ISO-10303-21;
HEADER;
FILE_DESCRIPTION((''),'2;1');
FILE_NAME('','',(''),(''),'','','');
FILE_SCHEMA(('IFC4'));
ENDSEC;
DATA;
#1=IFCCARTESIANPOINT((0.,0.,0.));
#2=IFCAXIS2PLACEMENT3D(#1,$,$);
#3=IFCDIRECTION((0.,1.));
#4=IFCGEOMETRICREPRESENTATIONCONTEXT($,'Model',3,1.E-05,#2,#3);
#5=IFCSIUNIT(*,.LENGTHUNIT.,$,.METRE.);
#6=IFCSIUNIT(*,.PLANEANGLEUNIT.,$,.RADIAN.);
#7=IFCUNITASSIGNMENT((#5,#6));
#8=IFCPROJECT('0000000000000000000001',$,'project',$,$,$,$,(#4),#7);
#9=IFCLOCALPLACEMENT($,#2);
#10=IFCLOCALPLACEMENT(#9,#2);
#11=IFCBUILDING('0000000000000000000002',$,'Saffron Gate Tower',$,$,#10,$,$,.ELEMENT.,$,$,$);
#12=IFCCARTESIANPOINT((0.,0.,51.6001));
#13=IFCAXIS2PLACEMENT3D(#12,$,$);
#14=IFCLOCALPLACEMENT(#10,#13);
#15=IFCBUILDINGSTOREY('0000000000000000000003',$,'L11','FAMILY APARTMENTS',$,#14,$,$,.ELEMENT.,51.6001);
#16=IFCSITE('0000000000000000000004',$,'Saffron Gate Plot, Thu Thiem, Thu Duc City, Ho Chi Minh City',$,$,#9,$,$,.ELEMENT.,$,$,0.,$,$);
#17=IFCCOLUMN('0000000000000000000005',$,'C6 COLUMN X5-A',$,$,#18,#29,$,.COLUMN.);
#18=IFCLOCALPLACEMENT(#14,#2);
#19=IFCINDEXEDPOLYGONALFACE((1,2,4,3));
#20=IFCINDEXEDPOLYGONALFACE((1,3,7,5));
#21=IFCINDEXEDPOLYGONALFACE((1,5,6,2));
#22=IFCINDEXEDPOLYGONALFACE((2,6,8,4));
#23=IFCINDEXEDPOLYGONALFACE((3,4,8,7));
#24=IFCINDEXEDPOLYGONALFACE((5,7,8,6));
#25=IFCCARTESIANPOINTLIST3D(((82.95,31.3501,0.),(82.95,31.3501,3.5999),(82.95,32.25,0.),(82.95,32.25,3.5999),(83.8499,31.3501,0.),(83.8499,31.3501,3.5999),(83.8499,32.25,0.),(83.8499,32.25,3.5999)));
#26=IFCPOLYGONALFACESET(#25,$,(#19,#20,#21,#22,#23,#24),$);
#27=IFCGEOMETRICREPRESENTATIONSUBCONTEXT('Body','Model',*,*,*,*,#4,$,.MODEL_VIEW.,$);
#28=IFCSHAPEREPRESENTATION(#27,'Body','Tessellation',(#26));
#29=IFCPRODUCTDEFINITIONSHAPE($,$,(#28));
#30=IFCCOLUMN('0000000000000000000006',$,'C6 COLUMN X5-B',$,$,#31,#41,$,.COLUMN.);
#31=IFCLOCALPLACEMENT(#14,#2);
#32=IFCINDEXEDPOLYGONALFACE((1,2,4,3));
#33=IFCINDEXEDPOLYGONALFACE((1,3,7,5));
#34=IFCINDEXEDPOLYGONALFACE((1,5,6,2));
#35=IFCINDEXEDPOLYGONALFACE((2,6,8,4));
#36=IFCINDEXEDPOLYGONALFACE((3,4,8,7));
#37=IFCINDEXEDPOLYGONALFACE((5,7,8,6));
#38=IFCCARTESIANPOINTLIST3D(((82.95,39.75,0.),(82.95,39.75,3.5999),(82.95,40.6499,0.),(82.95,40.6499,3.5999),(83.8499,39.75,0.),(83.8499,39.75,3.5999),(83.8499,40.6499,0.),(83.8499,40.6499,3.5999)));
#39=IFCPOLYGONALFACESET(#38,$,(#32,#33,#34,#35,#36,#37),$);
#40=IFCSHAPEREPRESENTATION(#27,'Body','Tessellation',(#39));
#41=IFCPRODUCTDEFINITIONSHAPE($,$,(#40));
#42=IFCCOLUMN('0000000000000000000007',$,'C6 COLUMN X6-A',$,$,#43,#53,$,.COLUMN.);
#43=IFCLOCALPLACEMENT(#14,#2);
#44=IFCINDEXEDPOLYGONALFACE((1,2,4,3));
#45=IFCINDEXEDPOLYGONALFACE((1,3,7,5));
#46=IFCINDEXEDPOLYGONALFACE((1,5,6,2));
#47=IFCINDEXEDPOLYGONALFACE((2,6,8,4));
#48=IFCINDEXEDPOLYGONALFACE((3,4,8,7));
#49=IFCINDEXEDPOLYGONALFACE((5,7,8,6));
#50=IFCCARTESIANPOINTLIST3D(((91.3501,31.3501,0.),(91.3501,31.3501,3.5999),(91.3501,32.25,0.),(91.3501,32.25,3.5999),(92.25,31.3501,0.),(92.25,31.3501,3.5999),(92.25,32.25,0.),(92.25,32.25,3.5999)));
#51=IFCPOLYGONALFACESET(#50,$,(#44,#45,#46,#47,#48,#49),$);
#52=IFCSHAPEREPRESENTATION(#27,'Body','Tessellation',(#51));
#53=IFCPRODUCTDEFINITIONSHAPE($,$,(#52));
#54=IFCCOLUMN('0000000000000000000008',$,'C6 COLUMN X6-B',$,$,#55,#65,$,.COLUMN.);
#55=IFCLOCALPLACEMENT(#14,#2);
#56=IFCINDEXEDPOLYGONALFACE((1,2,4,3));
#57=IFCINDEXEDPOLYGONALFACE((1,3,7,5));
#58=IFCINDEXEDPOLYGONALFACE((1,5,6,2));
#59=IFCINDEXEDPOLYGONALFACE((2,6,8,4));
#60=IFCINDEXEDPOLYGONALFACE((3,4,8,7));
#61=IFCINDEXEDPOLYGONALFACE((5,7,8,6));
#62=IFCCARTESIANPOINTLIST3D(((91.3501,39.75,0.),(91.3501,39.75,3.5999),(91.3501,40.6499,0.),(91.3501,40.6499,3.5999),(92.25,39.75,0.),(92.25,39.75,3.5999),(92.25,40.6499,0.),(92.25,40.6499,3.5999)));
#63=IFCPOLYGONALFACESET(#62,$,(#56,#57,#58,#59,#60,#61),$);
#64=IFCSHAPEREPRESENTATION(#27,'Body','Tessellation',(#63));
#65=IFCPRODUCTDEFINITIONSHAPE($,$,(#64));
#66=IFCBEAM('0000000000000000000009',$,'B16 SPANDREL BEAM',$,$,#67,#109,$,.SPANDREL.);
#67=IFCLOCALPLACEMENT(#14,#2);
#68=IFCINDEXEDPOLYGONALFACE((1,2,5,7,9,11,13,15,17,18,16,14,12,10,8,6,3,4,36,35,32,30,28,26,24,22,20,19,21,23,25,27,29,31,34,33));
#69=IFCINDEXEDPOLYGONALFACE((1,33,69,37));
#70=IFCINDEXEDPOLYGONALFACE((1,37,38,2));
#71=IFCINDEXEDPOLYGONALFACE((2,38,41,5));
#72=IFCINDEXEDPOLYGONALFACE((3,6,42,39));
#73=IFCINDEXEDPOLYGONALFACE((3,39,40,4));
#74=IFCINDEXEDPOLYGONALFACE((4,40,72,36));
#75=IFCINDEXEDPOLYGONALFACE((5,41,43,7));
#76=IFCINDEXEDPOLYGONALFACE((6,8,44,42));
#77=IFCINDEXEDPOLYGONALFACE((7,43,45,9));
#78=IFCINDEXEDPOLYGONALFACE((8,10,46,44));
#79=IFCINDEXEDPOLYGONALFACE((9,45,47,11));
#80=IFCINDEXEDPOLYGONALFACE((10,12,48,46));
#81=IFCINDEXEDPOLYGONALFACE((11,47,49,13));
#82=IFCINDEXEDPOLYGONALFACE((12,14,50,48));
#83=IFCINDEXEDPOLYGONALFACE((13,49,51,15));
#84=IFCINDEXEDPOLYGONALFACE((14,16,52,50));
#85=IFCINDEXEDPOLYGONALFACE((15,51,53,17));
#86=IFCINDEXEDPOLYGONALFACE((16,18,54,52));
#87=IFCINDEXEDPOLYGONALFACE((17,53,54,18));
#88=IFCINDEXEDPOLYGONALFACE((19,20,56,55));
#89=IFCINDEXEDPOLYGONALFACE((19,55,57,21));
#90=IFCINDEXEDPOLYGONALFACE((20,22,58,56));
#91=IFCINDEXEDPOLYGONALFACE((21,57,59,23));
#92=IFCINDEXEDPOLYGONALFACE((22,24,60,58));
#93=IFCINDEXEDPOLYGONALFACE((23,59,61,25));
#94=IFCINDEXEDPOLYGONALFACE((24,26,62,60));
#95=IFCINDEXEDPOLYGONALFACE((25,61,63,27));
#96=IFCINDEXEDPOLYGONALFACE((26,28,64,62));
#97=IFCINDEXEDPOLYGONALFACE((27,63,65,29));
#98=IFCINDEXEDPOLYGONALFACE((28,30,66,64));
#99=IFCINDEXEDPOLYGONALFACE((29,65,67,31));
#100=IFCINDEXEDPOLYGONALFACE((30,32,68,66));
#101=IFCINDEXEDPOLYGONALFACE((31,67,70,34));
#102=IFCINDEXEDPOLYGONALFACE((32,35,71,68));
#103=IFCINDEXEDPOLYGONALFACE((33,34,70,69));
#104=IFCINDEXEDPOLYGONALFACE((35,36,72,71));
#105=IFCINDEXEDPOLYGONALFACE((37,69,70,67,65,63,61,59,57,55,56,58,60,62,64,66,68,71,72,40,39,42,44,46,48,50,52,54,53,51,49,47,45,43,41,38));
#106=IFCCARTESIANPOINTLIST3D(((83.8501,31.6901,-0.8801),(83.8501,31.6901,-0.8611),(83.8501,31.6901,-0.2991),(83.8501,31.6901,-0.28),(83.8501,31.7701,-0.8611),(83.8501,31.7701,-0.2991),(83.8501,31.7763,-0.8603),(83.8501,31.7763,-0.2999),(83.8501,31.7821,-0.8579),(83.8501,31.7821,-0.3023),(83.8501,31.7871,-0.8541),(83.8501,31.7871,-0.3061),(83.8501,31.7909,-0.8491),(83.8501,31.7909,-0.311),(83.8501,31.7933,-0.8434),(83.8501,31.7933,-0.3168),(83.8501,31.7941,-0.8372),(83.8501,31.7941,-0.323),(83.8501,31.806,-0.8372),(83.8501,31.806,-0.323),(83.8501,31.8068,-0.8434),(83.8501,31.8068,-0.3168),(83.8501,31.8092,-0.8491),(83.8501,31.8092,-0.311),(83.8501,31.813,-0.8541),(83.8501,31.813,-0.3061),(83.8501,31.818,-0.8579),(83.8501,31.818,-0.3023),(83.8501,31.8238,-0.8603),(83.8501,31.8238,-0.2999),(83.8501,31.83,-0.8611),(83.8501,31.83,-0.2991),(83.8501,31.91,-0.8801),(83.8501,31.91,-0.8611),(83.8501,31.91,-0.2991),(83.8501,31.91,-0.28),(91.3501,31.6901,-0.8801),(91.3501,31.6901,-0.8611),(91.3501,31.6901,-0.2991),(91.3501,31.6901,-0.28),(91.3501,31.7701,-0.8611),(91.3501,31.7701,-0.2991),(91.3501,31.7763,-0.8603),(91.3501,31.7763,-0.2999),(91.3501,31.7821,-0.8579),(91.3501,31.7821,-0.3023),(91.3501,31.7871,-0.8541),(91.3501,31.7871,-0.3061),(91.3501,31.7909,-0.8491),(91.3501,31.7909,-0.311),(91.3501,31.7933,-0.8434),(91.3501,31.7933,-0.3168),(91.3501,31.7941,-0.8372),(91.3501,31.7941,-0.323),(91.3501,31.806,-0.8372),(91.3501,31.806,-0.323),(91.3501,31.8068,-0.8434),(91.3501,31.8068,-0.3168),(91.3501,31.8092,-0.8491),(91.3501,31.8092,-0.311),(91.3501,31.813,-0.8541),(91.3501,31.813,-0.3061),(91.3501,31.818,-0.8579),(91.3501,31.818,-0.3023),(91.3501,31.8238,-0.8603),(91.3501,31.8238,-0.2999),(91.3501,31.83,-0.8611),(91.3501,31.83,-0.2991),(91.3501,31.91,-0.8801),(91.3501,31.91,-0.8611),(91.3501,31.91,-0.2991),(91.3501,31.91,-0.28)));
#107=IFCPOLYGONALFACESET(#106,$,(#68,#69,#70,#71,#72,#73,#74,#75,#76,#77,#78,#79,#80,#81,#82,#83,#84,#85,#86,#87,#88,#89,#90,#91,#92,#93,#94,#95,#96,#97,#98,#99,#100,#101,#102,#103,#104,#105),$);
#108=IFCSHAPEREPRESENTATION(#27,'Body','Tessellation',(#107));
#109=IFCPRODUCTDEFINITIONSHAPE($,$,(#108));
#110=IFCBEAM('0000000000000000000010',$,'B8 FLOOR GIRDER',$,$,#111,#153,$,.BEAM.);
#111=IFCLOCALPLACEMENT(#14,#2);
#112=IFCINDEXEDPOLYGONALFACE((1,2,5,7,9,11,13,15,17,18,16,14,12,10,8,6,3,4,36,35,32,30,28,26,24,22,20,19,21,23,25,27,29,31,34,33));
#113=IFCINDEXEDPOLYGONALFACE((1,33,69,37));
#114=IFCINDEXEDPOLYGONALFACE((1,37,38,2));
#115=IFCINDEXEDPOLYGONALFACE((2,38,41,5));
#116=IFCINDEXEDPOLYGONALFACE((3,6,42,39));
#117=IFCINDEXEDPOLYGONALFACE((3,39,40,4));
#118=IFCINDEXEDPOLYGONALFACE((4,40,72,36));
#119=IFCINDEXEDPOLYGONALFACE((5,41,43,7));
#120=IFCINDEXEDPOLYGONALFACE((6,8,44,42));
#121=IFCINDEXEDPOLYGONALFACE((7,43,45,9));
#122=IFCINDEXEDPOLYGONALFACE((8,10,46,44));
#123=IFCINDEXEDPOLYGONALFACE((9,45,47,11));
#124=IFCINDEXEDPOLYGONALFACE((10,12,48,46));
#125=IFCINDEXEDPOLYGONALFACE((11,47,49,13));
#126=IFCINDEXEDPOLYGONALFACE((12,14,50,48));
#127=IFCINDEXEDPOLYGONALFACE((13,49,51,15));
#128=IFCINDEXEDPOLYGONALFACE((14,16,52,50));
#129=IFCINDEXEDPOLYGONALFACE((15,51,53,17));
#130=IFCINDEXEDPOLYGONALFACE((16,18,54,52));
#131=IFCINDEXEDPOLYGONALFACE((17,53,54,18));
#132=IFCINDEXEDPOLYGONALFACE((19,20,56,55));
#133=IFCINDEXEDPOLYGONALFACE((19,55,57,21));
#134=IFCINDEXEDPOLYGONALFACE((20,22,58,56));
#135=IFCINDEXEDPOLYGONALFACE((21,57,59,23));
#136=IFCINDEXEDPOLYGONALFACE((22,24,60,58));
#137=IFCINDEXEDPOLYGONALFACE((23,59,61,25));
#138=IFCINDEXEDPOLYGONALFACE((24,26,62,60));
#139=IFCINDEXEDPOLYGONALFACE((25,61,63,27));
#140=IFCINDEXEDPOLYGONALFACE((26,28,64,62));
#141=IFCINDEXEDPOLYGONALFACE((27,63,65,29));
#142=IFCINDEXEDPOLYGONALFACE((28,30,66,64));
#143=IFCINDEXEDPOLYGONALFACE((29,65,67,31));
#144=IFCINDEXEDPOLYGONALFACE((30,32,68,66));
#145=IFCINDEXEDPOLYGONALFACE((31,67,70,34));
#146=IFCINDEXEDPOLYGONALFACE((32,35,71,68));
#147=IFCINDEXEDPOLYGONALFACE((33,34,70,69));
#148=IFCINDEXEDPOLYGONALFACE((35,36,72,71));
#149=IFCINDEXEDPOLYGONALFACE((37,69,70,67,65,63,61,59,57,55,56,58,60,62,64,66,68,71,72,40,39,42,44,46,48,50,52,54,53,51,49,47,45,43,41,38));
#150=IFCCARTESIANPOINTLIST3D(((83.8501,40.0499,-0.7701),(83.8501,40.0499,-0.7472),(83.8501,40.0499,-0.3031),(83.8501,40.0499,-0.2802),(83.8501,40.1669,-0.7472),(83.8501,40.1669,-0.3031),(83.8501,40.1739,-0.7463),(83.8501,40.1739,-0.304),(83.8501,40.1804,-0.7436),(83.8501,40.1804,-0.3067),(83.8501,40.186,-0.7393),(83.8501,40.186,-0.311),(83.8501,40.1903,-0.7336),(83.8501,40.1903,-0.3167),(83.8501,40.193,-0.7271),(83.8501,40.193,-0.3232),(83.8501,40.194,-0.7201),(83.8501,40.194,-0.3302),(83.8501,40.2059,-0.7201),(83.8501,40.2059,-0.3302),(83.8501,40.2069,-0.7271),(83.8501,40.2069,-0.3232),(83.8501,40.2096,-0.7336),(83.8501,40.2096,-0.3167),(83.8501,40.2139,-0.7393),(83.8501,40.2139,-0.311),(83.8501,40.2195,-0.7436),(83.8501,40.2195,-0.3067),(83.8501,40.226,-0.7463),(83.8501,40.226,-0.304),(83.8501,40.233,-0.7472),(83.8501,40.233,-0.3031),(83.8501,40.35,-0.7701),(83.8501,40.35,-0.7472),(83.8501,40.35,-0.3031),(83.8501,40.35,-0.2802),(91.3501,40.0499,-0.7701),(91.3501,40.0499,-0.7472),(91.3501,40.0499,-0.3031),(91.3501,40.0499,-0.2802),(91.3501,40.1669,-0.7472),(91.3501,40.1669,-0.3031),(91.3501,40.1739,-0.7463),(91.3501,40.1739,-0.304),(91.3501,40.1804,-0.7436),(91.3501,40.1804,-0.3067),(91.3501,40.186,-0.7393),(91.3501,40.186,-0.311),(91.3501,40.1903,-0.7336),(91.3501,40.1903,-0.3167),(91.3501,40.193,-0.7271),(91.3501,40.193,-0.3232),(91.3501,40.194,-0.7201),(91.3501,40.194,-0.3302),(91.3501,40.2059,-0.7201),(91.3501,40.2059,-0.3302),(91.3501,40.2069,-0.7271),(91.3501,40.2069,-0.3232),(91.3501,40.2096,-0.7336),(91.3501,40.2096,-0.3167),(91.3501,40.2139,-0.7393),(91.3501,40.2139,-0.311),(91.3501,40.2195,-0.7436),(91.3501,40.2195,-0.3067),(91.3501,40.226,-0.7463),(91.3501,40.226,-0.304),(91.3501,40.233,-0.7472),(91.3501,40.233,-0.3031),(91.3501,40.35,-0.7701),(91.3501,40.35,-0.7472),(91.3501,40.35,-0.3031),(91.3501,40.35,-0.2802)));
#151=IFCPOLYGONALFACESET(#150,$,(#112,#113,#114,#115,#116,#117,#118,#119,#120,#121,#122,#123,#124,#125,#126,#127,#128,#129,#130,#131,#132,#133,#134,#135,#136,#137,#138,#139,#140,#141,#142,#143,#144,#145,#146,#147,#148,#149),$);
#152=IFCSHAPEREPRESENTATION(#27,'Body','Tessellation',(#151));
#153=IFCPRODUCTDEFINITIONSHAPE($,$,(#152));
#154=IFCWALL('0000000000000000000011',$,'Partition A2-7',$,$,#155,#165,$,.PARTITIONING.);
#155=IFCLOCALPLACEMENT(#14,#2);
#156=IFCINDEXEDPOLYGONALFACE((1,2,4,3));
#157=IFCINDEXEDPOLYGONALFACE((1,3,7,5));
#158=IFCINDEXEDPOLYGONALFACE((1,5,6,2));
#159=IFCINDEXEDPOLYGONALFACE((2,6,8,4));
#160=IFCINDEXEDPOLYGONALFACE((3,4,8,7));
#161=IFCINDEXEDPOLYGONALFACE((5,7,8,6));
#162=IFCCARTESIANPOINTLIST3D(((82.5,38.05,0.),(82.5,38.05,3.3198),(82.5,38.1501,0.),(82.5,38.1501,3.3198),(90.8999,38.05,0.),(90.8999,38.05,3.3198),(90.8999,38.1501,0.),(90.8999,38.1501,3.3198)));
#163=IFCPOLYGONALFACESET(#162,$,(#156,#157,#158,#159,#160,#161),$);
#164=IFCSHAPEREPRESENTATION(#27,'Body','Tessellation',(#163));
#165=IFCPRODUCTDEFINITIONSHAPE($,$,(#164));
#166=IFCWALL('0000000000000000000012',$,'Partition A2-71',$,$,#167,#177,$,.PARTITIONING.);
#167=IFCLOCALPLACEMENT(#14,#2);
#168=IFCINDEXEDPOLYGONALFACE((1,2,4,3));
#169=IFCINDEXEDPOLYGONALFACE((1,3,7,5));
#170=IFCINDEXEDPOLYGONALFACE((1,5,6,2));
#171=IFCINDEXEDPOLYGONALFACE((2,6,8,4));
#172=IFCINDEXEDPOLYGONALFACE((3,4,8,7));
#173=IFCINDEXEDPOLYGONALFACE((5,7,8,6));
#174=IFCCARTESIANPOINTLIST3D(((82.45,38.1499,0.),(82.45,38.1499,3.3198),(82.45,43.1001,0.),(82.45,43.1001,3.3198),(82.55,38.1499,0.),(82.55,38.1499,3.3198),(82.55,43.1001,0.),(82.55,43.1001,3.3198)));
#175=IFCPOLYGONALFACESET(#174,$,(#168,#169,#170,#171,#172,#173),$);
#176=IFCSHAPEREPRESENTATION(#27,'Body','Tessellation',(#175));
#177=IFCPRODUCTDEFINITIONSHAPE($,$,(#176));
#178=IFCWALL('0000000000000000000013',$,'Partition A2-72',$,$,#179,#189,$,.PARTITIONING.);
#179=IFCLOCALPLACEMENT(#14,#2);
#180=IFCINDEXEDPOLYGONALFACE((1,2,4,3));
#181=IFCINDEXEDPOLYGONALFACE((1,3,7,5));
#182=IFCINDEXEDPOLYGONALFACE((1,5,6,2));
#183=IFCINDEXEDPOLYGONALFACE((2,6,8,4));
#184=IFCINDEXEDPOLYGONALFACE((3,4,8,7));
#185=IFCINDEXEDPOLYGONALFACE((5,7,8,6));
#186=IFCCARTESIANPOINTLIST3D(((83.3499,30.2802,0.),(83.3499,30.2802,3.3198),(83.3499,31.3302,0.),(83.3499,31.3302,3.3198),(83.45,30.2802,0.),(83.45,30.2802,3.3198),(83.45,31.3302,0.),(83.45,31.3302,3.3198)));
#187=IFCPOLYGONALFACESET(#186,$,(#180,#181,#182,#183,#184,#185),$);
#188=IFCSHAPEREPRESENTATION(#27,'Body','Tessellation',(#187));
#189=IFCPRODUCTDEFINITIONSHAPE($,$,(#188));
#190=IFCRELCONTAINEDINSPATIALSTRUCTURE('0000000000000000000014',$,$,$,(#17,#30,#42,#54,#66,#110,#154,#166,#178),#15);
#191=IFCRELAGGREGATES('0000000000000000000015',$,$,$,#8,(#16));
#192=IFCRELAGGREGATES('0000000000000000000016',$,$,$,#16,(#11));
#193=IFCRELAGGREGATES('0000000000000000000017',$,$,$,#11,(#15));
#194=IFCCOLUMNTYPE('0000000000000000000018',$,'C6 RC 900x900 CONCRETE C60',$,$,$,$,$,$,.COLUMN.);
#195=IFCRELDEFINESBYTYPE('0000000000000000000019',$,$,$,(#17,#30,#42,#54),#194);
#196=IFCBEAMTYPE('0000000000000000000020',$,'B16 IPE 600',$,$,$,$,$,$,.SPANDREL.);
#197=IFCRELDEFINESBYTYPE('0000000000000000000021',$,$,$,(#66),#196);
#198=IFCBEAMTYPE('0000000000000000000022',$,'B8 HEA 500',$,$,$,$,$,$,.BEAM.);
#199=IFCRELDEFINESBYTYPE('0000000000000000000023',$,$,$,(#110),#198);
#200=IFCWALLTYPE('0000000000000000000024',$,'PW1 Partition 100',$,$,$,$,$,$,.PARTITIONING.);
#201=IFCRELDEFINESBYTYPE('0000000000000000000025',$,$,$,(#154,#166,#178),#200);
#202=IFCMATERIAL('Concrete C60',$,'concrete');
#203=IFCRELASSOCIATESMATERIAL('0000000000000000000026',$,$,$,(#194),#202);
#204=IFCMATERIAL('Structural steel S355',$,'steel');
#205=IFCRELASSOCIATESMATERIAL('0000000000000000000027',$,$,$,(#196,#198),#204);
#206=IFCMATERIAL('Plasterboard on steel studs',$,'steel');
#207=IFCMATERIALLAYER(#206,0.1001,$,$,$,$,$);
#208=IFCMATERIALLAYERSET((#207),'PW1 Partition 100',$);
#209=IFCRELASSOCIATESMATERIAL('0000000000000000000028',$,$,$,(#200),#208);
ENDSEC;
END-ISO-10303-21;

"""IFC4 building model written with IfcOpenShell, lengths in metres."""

from ifc_helpers import new_model, si_unit, direction, frame, frame_2d, origin, origin_2d, place, context, subcontext, project, spatial, rectangle, i_section, extrude, material, layer, layer_set, material_profile, profile_set, type_object, element, save


model = new_model("IFC4")

# Units and contexts
model_context = context("Model", 3, precision=1e-05, world=origin(), true_north=direction((0.0, 1.0)))
body_context = subcontext(model_context, "Body", "Model", "MODEL_VIEW")
ifc_project = project(units=[si_unit("LENGTHUNIT", "METRE"), si_unit("PLANEANGLEUNIT", "RADIAN")], contexts=[model_context])

# Site, building, storey
site_placement = place(None, origin())
site = spatial("IfcSite", under=ifc_project, at=site_placement, Name="Saffron Gate Plot, Thu Thiem, Thu Duc City, Ho Chi Minh City", CompositionType="ELEMENT", RefElevation=0.0)
building_placement = place(site_placement, origin())
building = spatial("IfcBuilding", under=site, at=building_placement, Name="Saffron Gate Tower", CompositionType="ELEMENT")
storey_placement = place(building_placement, frame((0.0, 0.0, 51.6001)))
storey = spatial("IfcBuildingStorey", under=building, at=storey_placement, Name="L11", Description="FAMILY APARTMENTS", CompositionType="ELEMENT", Elevation=51.6001)

# Columns
ifc_material_1 = material(Name="Concrete C60", Category="concrete")
ifc_material_profile_1 = material_profile(ifc_material_1, rectangle(XDim=0.8999, YDim=0.8999, at=origin_2d()))
ifc_profile_set_1 = profile_set([ifc_material_profile_1], Name="Concrete C60")
column_type = type_object("IfcColumnType", Name="C6 RC 900x900 CONCRETE C60", PredefinedType="COLUMN", material=ifc_profile_set_1)
for number, where, z_axis, x_axis, name in (
    (1, (83.3999, 31.8, 0.0), (0.0, 0.0, 1.0), (1.0, 0.0, 0.0), "C6 COLUMN X5-A"),
    (2, (83.3999, 40.2, 0.0), (0.0, 0.0, 1.0), (1.0, 0.0, 0.0), "C6 COLUMN X5-B"),
    (3, (91.8, 31.8, 0.0), (0.0, 0.0, 1.0), (1.0, 0.0, 0.0), "C6 COLUMN X6-A"),
    (4, (91.8, 40.2, 0.0), (0.0, 0.0, 1.0), (1.0, 0.0, 0.0), "C6 COLUMN X6-B"),
):
    element("IfcColumn", number, at=place(storey_placement, frame(where, z_axis=z_axis, x_axis=x_axis)), inside=storey, type_object=column_type, Name=name, PredefinedType="COLUMN", context=body_context, shape_type="SweptSolid", body=[
        extrude(rectangle(XDim=0.8999, YDim=0.8999, at=origin_2d()), origin(), (0.0, 0.0, 1.0), 3.5999),
    ])

# Beams
ifc_material_2 = material(Name="Structural steel S355", Category="steel")
ifc_material_profile_2 = material_profile(ifc_material_2, i_section(OverallWidth=0.22, OverallDepth=0.6001, WebThickness=0.012, FlangeThickness=0.019, FilletRadius=0.0239, at=origin_2d()))
ifc_profile_set_2 = profile_set([ifc_material_profile_2], Name="Structural steel S355")
beam_type_1 = type_object("IfcBeamType", Name="B16 IPE 600", PredefinedType="SPANDREL", material=ifc_profile_set_2)
beam_1_placement = place(storey_placement, frame((83.8501, 31.8, -0.5801), z_axis=(1.0, 0.0, 0.0), x_axis=(0.0, 1.0, 0.0)))
element("IfcBeam", 5, at=beam_1_placement, inside=storey, type_object=beam_type_1, Name="B16 SPANDREL BEAM", PredefinedType="SPANDREL", context=body_context, shape_type="SweptSolid", body=[
    extrude(i_section(OverallWidth=0.22, OverallDepth=0.6001, WebThickness=0.012, FlangeThickness=0.019, FilletRadius=0.0239, at=origin_2d()), origin(), (0.0, 0.0, 1.0), 7.5),
])
ifc_material_profile_3 = material_profile(ifc_material_2, i_section(OverallWidth=0.3, OverallDepth=0.49, WebThickness=0.012, FlangeThickness=0.0229, FilletRadius=0.0271, at=origin_2d()))
ifc_profile_set_3 = profile_set([ifc_material_profile_3], Name="Structural steel S355")
beam_type_2 = type_object("IfcBeamType", Name="B8 HEA 500", PredefinedType="BEAM", material=ifc_profile_set_3)
beam_2_placement = place(storey_placement, frame((83.8501, 40.2, -0.5251), z_axis=(1.0, 0.0, 0.0), x_axis=(0.0, 1.0, 0.0)))
element("IfcBeam", 6, at=beam_2_placement, inside=storey, type_object=beam_type_2, Name="B8 FLOOR GIRDER", PredefinedType="BEAM", context=body_context, shape_type="SweptSolid", body=[
    extrude(i_section(OverallWidth=0.3, OverallDepth=0.49, WebThickness=0.012, FlangeThickness=0.0229, FilletRadius=0.0271, at=origin_2d()), origin(), (0.0, 0.0, 1.0), 7.5),
])

# Walls
ifc_material_3 = material(Name="Plasterboard on steel studs", Category="steel")
ifc_layer = layer(ifc_material_3, 0.1001)
ifc_layer_set = layer_set([ifc_layer], Name="PW1 Partition 100")
wall_type = type_object("IfcWallType", Name="PW1 Partition 100", PredefinedType="PARTITIONING", material=ifc_layer_set)
wall_1_placement = place(storey_placement, frame((82.5, 38.1001, 0.0), z_axis=(0.0, 0.0, 1.0), x_axis=(1.0, 0.0, 0.0)))
element("IfcWall", 7, at=wall_1_placement, inside=storey, type_object=wall_type, Name="Partition A2-7", PredefinedType="PARTITIONING", context=body_context, shape_type="SweptSolid", body=[
    extrude(rectangle(XDim=8.3999, YDim=0.1001, at=frame_2d((4.2, 0.0))), origin(), (0.0, 0.0, 1.0), 3.3198),
])
wall_2_placement = place(storey_placement, frame((82.5, 43.1001, 0.0), z_axis=(0.0, 0.0, 1.0), x_axis=(0.0, -1.0, 0.0)))
element("IfcWall", 8, at=wall_2_placement, inside=storey, type_object=wall_type, Name="Partition A2-71", PredefinedType="PARTITIONING", context=body_context, shape_type="SweptSolid", body=[
    extrude(rectangle(XDim=4.9502, YDim=0.1001, at=frame_2d((2.4751, 0.0))), origin(), (0.0, 0.0, 1.0), 3.3198),
])
wall_3_placement = place(storey_placement, frame((83.3999, 31.3301, 0.0), z_axis=(0.0, 0.0, 1.0), x_axis=(0.0, -1.0, 0.0)))
element("IfcWall", 9, at=wall_3_placement, inside=storey, type_object=wall_type, Name="Partition A2-72", PredefinedType="PARTITIONING", context=body_context, shape_type="SweptSolid", body=[
    extrude(rectangle(XDim=1.05, YDim=0.1001, at=frame_2d((0.5249, 0.0))), origin(), (0.0, 0.0, 1.0), 3.3198),
])

save(model, "model.ifc")
